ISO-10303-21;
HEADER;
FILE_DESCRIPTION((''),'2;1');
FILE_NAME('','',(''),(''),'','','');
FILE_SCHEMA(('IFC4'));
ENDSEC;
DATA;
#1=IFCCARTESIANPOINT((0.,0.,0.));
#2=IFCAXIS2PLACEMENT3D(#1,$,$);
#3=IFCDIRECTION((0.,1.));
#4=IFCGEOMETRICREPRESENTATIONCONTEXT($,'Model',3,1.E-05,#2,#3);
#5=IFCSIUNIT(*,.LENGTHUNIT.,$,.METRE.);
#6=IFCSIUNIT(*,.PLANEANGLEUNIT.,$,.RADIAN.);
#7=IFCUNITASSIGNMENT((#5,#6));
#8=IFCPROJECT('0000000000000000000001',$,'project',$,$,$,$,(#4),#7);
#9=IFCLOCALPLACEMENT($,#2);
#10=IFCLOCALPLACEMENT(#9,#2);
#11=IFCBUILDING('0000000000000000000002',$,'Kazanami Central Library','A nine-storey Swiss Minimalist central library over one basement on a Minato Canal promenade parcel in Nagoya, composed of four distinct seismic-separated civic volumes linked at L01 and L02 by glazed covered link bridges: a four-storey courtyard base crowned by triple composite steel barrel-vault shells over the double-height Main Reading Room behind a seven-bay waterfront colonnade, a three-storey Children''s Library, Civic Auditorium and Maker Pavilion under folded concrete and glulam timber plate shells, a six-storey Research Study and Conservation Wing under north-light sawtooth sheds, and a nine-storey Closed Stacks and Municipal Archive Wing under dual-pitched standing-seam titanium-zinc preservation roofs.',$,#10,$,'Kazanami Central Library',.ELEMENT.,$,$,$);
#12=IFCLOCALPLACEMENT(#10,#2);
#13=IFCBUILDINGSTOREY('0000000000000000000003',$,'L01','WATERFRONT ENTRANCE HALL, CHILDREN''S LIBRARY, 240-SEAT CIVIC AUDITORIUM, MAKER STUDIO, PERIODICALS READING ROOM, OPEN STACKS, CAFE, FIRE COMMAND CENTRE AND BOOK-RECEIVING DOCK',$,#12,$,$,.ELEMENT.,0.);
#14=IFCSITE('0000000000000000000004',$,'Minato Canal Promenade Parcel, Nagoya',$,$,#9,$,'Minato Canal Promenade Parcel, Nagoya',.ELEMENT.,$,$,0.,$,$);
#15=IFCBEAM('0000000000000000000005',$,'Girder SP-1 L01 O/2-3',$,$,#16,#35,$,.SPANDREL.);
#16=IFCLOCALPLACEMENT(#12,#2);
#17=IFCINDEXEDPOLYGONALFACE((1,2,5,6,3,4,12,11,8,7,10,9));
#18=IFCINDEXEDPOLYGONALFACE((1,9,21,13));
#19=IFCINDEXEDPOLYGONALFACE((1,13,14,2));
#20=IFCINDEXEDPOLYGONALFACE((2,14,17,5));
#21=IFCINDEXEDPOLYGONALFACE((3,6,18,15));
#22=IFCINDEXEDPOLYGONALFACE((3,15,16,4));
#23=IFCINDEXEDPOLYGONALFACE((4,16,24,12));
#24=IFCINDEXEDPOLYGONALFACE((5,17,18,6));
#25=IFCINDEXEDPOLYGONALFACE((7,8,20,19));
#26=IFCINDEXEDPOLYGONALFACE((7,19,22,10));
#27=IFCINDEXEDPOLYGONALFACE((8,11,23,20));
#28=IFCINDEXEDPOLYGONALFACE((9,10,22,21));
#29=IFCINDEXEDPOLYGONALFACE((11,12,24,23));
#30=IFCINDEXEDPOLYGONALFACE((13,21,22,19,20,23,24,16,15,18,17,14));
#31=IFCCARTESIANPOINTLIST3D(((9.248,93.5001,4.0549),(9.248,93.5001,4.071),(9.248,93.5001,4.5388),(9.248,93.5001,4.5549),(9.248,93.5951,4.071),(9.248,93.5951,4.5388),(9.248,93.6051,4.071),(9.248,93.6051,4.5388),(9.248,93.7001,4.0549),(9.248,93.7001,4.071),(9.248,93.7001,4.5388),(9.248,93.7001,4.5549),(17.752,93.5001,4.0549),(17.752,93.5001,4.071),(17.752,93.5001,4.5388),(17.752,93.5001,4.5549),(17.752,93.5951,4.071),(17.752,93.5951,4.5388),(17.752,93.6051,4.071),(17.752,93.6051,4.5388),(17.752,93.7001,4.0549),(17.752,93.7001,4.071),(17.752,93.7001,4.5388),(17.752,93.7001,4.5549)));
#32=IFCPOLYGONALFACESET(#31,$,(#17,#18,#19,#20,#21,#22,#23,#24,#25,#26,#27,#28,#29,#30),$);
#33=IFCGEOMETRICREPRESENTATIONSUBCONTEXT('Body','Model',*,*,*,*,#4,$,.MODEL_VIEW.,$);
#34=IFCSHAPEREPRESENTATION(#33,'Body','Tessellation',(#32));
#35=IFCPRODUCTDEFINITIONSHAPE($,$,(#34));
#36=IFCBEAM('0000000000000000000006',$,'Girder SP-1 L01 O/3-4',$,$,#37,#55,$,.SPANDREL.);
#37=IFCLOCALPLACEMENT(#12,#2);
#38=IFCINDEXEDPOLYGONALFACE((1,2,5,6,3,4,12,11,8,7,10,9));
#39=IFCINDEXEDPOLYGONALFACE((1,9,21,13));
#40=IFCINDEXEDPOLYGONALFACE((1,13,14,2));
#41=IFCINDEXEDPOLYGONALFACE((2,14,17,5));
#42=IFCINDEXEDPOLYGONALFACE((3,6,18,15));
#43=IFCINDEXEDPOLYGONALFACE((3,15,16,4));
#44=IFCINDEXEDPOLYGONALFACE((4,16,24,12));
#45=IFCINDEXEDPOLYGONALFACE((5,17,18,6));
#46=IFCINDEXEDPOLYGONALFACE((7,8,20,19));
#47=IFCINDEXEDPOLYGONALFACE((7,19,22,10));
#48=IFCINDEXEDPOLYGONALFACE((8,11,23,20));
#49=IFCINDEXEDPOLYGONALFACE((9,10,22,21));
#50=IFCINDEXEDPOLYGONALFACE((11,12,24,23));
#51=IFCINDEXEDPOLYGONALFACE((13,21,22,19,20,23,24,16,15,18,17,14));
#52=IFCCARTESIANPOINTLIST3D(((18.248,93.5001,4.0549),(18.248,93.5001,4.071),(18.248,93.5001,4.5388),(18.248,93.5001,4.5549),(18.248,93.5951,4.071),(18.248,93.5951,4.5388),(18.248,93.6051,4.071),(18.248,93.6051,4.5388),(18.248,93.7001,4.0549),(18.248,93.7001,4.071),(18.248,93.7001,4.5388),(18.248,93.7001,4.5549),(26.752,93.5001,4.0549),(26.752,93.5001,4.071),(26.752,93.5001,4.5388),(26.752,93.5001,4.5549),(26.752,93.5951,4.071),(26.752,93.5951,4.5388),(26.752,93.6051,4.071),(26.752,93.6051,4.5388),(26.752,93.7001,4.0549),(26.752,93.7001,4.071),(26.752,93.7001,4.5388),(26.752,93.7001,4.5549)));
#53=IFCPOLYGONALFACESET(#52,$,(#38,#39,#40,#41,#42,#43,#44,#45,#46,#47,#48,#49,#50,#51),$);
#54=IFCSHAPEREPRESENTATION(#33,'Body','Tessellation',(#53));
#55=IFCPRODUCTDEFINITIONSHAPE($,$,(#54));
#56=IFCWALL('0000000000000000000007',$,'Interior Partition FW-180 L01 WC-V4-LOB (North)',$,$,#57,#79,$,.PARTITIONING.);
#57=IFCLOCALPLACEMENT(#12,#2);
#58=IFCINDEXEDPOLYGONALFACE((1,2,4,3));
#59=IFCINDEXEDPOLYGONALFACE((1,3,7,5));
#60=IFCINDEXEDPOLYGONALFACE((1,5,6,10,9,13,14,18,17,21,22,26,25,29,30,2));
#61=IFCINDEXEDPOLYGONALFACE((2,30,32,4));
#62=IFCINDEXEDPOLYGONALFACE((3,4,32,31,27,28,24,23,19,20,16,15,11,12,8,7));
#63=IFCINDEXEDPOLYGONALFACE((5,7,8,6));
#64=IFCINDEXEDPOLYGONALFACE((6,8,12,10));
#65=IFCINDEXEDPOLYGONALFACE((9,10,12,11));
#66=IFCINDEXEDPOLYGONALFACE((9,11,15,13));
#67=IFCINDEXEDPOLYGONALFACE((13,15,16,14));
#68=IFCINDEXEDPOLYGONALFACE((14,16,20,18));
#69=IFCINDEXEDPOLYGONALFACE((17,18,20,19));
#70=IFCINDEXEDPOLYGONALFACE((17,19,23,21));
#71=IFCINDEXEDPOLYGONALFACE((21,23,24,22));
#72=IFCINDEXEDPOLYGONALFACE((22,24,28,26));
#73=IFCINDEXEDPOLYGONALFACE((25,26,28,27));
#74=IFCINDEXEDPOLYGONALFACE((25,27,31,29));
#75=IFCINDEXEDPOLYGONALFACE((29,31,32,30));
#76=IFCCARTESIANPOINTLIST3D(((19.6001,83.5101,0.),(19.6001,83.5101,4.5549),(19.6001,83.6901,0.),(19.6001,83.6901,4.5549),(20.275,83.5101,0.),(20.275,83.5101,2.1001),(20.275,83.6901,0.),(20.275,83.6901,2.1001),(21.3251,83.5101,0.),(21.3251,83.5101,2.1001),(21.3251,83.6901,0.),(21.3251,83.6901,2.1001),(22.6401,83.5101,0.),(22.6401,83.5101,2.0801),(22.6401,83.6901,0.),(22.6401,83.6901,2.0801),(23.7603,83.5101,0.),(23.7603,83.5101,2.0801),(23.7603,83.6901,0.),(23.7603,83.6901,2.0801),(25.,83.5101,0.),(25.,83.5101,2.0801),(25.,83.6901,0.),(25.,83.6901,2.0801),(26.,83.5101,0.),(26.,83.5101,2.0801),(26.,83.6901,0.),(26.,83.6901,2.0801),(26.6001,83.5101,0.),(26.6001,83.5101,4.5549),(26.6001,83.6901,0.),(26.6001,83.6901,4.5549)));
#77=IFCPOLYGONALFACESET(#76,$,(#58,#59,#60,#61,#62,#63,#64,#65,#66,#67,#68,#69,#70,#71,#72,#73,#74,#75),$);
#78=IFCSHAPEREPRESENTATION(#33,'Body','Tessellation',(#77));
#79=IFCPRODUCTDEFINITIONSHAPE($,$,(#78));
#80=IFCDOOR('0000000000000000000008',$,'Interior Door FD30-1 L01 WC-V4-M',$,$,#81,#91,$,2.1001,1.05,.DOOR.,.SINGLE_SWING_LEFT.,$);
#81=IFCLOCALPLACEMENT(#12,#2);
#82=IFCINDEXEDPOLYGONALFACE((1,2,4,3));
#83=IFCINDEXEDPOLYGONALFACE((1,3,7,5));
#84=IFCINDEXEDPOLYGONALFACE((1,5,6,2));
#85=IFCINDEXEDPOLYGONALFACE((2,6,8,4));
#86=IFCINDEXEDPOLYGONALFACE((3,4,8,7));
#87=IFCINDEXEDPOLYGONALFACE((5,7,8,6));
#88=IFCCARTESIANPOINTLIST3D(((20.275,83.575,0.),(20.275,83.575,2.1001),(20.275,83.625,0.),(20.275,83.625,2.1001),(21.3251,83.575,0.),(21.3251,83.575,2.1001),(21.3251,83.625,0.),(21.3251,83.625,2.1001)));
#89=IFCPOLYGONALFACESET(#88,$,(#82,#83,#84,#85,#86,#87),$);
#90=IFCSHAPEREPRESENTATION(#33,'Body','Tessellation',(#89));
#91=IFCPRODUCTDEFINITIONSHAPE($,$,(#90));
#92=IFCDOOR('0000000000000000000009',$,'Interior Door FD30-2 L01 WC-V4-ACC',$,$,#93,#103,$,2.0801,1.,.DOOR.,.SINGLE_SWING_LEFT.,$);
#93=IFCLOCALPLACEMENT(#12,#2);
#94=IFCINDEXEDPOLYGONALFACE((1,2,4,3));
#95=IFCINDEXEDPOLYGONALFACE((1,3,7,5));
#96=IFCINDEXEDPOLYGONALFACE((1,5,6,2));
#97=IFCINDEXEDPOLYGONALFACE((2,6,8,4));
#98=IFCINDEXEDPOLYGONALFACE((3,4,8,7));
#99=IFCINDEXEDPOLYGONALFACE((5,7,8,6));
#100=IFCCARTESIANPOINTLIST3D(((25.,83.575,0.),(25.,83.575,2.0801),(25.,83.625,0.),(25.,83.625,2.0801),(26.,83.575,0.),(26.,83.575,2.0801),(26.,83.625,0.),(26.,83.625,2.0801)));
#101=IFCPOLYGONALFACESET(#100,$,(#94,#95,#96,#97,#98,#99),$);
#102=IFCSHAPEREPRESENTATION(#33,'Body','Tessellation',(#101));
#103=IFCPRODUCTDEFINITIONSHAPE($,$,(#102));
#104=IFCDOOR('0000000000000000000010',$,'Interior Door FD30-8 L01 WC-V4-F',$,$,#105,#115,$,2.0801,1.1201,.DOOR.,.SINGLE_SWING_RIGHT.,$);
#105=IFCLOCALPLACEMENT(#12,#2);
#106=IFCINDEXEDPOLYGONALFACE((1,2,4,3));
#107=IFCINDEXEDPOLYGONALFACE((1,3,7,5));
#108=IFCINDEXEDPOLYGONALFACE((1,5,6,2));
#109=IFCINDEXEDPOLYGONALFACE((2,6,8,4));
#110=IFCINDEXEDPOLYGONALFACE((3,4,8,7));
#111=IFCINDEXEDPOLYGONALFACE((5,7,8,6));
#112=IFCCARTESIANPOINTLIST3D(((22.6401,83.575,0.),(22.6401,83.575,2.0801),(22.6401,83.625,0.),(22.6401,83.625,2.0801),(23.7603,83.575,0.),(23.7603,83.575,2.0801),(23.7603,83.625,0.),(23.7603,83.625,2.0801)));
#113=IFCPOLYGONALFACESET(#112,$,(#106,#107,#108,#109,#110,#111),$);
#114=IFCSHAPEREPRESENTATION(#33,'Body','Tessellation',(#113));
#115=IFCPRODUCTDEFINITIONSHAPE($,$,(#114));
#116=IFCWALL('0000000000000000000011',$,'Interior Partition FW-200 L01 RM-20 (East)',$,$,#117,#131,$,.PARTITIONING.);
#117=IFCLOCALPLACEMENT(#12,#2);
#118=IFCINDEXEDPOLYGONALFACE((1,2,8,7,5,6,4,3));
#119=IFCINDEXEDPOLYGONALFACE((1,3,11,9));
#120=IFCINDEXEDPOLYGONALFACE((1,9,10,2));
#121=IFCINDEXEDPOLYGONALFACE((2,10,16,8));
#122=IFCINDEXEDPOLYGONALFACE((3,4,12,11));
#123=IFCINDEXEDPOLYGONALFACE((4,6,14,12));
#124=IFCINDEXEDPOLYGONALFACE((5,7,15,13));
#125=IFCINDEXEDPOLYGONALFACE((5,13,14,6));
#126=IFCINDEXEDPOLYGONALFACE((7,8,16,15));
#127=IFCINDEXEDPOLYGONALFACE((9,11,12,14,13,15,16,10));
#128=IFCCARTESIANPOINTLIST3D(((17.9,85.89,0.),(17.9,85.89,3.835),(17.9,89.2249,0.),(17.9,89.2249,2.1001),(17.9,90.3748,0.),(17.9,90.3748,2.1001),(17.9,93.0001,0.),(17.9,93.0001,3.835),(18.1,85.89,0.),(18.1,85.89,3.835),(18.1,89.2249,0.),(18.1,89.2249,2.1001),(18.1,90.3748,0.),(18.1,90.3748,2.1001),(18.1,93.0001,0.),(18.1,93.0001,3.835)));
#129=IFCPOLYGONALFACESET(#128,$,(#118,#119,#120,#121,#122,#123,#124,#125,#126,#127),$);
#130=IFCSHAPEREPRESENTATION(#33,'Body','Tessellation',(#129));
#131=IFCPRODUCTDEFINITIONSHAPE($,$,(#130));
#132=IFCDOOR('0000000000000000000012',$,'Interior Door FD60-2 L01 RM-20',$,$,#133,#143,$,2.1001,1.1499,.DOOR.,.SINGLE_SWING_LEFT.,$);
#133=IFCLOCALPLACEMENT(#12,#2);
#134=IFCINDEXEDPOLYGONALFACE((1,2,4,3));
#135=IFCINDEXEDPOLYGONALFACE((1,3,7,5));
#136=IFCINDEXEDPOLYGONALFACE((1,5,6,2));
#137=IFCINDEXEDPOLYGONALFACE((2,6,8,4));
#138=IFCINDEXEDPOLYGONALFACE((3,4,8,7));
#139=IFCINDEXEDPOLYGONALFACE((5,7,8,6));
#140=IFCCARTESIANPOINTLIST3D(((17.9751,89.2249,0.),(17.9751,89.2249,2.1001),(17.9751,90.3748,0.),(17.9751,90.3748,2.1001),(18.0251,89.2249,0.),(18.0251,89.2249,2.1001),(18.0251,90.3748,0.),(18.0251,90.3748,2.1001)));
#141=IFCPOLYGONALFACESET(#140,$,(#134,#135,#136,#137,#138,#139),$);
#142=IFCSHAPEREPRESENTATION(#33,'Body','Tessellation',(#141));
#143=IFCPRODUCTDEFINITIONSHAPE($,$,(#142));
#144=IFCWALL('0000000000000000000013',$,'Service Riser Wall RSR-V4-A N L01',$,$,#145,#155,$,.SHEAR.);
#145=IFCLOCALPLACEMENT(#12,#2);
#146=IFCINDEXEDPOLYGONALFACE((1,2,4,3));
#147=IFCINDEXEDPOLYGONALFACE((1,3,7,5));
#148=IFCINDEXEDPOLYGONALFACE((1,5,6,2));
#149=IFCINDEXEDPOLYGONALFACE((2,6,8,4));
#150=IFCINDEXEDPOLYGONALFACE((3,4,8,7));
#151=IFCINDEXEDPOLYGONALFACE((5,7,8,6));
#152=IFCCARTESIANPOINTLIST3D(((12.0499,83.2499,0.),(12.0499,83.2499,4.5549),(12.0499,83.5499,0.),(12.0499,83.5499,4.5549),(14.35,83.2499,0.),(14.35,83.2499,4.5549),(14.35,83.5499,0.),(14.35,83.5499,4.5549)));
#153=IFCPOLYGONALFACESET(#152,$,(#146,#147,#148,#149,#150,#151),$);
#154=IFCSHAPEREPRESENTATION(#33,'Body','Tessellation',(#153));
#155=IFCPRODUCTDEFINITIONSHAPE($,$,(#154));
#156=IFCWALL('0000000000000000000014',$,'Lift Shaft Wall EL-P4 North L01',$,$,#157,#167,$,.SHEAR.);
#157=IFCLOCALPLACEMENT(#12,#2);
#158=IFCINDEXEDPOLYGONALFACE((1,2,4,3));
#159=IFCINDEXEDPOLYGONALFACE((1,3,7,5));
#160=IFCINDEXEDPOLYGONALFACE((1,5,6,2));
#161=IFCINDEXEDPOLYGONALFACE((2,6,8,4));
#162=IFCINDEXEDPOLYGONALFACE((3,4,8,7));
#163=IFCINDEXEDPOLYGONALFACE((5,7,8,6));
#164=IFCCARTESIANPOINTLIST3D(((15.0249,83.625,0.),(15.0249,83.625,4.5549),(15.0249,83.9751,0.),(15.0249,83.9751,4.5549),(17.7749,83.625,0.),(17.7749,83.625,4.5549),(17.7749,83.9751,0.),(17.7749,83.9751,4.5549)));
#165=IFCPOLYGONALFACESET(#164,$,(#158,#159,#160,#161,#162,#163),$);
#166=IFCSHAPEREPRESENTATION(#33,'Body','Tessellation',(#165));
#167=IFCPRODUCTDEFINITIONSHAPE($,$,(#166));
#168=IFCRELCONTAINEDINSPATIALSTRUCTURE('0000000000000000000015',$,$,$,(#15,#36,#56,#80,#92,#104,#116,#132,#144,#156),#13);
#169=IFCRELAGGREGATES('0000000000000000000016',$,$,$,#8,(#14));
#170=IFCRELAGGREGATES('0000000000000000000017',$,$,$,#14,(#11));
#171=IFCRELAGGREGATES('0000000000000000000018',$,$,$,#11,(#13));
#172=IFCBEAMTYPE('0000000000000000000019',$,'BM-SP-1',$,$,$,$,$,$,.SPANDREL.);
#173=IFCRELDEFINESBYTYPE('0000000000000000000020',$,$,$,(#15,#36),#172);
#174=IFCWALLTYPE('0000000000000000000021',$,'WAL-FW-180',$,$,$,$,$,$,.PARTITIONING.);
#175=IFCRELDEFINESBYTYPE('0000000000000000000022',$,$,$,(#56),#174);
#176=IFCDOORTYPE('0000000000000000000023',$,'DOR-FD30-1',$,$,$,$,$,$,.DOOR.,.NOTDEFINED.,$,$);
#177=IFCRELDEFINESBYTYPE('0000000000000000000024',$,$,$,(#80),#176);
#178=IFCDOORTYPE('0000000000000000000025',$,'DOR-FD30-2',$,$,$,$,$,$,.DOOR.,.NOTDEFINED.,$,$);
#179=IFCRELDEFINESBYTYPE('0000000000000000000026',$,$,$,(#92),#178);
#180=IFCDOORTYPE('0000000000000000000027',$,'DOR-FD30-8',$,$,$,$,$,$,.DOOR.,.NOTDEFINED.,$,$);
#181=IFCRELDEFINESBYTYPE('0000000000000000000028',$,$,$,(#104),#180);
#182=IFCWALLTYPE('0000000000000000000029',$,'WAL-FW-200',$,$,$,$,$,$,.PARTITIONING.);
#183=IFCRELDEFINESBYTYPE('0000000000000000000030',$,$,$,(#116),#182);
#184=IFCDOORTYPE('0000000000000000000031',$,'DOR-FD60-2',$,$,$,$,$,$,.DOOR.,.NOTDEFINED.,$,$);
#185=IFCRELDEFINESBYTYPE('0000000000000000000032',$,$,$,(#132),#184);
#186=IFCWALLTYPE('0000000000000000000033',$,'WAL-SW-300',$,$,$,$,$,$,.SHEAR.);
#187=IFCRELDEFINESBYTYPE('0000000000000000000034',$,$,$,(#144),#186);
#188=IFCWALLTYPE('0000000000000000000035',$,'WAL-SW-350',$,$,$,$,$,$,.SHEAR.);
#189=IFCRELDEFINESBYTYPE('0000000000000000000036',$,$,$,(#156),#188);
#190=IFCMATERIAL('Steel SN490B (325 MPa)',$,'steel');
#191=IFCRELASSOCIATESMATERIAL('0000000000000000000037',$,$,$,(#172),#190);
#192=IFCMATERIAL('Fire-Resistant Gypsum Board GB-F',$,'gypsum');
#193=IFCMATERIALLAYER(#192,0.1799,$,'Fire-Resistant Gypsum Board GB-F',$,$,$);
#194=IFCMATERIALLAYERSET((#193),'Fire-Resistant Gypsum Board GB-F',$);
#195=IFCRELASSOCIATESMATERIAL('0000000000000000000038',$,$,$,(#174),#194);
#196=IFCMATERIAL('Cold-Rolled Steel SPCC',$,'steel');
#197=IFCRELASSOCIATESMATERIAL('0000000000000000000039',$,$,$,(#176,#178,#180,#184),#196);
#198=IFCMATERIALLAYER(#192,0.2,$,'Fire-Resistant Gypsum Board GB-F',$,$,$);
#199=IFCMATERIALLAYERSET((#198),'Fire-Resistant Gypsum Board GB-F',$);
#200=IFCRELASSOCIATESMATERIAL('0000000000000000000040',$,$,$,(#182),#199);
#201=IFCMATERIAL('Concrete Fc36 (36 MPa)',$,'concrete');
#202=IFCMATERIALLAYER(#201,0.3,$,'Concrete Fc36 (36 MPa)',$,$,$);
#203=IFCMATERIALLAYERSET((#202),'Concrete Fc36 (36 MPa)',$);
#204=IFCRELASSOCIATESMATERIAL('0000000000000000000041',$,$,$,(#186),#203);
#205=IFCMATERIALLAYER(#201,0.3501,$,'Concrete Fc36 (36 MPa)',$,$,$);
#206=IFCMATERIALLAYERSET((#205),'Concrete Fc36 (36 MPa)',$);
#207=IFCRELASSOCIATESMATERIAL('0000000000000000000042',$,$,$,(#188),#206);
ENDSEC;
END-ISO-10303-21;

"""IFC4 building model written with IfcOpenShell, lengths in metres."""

from ifc_helpers import new_model, si_unit, direction, frame, frame_2d, origin, origin_2d, place, context, subcontext, project, spatial, rectangle, i_section, extrude, material, layer, layer_set, material_profile, profile_set, type_object, element, fill, save


model = new_model("IFC4")

# Units and contexts
model_context = context("Model", 3, precision=1e-05, world=origin(), true_north=direction((0.0, 1.0)))
body_context = subcontext(model_context, "Body", "Model", "MODEL_VIEW")
ifc_project = project(units=[si_unit("LENGTHUNIT", "METRE"), si_unit("PLANEANGLEUNIT", "RADIAN")], contexts=[model_context])

# Site, building, storey
site_placement = place(None, origin())
site = spatial("IfcSite", under=ifc_project, at=site_placement, Name="Minato Canal Promenade Parcel, Nagoya", LongName="Minato Canal Promenade Parcel, Nagoya", CompositionType="ELEMENT", RefElevation=0.0)
building_placement = place(site_placement, origin())
building = spatial("IfcBuilding", under=site, at=building_placement, Name="Kazanami Central Library", Description="A nine-storey Swiss Minimalist central library over one basement on a Minato Canal promenade parcel in Nagoya, composed of four distinct seismic-separated civic volumes linked at L01 and L02 by glazed covered link bridges: a four-storey courtyard base crowned by triple composite steel barrel-vault shells over the double-height Main Reading Room behind a seven-bay waterfront colonnade, a three-storey Children's Library, Civic Auditorium and Maker Pavilion under folded concrete and glulam timber plate shells, a six-storey Research Study and Conservation Wing under north-light sawtooth sheds, and a nine-storey Closed Stacks and Municipal Archive Wing under dual-pitched standing-seam titanium-zinc preservation roofs.", LongName="Kazanami Central Library", CompositionType="ELEMENT")
storey_placement = place(building_placement, origin())
storey = spatial("IfcBuildingStorey", under=building, at=storey_placement, Name="L01", Description="WATERFRONT ENTRANCE HALL, CHILDREN'S LIBRARY, 240-SEAT CIVIC AUDITORIUM, MAKER STUDIO, PERIODICALS READING ROOM, OPEN STACKS, CAFE, FIRE COMMAND CENTRE AND BOOK-RECEIVING DOCK", CompositionType="ELEMENT", Elevation=0.0)

# Beams
ifc_material_1 = material(Name="Steel SN490B (325 MPa)", Category="steel")
ifc_material_profile_1 = material_profile(ifc_material_1, i_section(OverallWidth=0.2, OverallDepth=0.5, WebThickness=0.01, FlangeThickness=0.0161, at=origin_2d()), Name="H-500x200x10x16")
ifc_profile_set_1 = profile_set([ifc_material_profile_1], Name="Steel SN490B (325 MPa)")
beam_type_1 = type_object("IfcBeamType", Name="BM-SP-1", PredefinedType="SPANDREL", material=ifc_profile_set_1)
for number, where, z_axis, x_axis, name in (
    (1, (9.248, 93.6001, 4.3049), (1.0, 0.0, 0.0), (0.0, 1.0, 0.0), "Girder SP-1 L01 O/2-3"),
    (2, (18.248, 93.6001, 4.3049), (1.0, 0.0, 0.0), (0.0, 1.0, 0.0), "Girder SP-1 L01 O/3-4"),
):
    element("IfcBeam", number, at=place(storey_placement, frame(where, z_axis=z_axis, x_axis=x_axis)), inside=storey, type_object=beam_type_1, Name=name, PredefinedType="SPANDREL", context=body_context, shape_type="SweptSolid", body=[
        extrude(i_section(OverallWidth=0.2, OverallDepth=0.5, WebThickness=0.01, FlangeThickness=0.0161, at=origin_2d()), origin(), (0.0, 0.0, 1.0), 8.5039),
    ])

# Shared definitions
ifc_material_2 = material(Name="Concrete Fc36 (36 MPa)", Category="concrete")

# Wall, openings, doors
ifc_material_3 = material(Name="Fire-Resistant Gypsum Board GB-F", Category="gypsum")
ifc_layer_1 = layer(ifc_material_3, 0.1799, Name="Fire-Resistant Gypsum Board GB-F")
ifc_layer_set_1 = layer_set([ifc_layer_1], Name="Fire-Resistant Gypsum Board GB-F")
wall_type_1 = type_object("IfcWallType", Name="WAL-FW-180", PredefinedType="PARTITIONING", material=ifc_layer_set_1)
wall_1_placement = place(storey_placement, frame((19.6001, 83.6001, 0.0), z_axis=(0.0, 0.0, 1.0), x_axis=(1.0, 0.0, 0.0)))
wall_1 = element("IfcWall", 3, at=wall_1_placement, inside=storey, type_object=wall_type_1, Name="Interior Partition FW-180 L01 WC-V4-LOB (North)", PredefinedType="PARTITIONING", context=body_context, shape_type="SweptSolid", body=[
    extrude(rectangle(XDim=7.0, YDim=0.1799, at=frame_2d((3.5, 0.0))), origin(), (0.0, 0.0, 1.0), 4.5549),
])
opening_1_placement = place(wall_1_placement, frame((0.675, 0.0, 0.0)))
opening_1 = element("IfcOpeningElement", 4, at=opening_1_placement, cuts=wall_1, PredefinedType="OPENING", context=body_context, shape_type="SweptSolid", body=[
    extrude(rectangle(XDim=1.05, YDim=2.1001, at=frame_2d((0.5249, 1.05))), frame((0.0, 0.1021, 0.0), z_axis=(0.0, -1.0, 0.0), x_axis=(1.0, 0.0, 0.0)), (0.0, 0.0, 1.0), 0.2039),
])
opening_2_placement = place(wall_1_placement, frame((3.04, 0.0, 0.0)))
opening_2 = element("IfcOpeningElement", 5, at=opening_2_placement, cuts=wall_1, PredefinedType="OPENING", context=body_context, shape_type="SweptSolid", body=[
    extrude(rectangle(XDim=1.1201, YDim=2.0801, at=frame_2d((0.5601, 1.04))), frame((0.0, 0.1021, 0.0), z_axis=(0.0, -1.0, 0.0), x_axis=(1.0, 0.0, 0.0)), (0.0, 0.0, 1.0), 0.2039),
])
opening_3_placement = place(wall_1_placement, frame((5.3999, 0.0, 0.0)))
opening_3 = element("IfcOpeningElement", 6, at=opening_3_placement, cuts=wall_1, PredefinedType="OPENING", context=body_context, shape_type="SweptSolid", body=[
    extrude(rectangle(XDim=1.0, YDim=2.0801, at=frame_2d((0.5, 1.04))), frame((0.0, 0.1021, 0.0), z_axis=(0.0, -1.0, 0.0), x_axis=(1.0, 0.0, 0.0)), (0.0, 0.0, 1.0), 0.2039),
])
ifc_material_4 = material(Name="Cold-Rolled Steel SPCC", Category="steel")
door_type_1 = type_object("IfcDoorType", Name="DOR-FD30-1", OperationType="NOTDEFINED", PredefinedType="DOOR", material=ifc_material_4)
door_1_placement = place(opening_1_placement, origin())
door_1 = element("IfcDoor", 7, at=door_1_placement, inside=storey, type_object=door_type_1, Name="Interior Door FD30-1 L01 WC-V4-M", OperationType="SINGLE_SWING_LEFT", OverallHeight=2.1001, OverallWidth=1.05, PredefinedType="DOOR", context=body_context, shape_type="SweptSolid", body=[
    extrude(rectangle(XDim=1.05, YDim=2.1001, at=frame_2d((0.5249, 1.05))), frame((0.0, 0.0249, 0.0), z_axis=(0.0, -1.0, 0.0), x_axis=(1.0, 0.0, 0.0)), (0.0, 0.0, 1.0), 0.05),
])
fill(opening_1, door_1)
door_type_2 = type_object("IfcDoorType", Name="DOR-FD30-2", OperationType="NOTDEFINED", PredefinedType="DOOR", material=ifc_material_4)
door_2_placement = place(opening_3_placement, origin())
door_2 = element("IfcDoor", 8, at=door_2_placement, inside=storey, type_object=door_type_2, Name="Interior Door FD30-2 L01 WC-V4-ACC", OperationType="SINGLE_SWING_LEFT", OverallHeight=2.0801, OverallWidth=1.0, PredefinedType="DOOR", context=body_context, shape_type="SweptSolid", body=[
    extrude(rectangle(XDim=1.0, YDim=2.0801, at=frame_2d((0.5, 1.04))), frame((0.0, 0.0249, 0.0), z_axis=(0.0, -1.0, 0.0), x_axis=(1.0, 0.0, 0.0)), (0.0, 0.0, 1.0), 0.05),
])
fill(opening_3, door_2)
door_type_3 = type_object("IfcDoorType", Name="DOR-FD30-8", OperationType="NOTDEFINED", PredefinedType="DOOR", material=ifc_material_4)
door_3_placement = place(opening_2_placement, origin())
door_3 = element("IfcDoor", 9, at=door_3_placement, inside=storey, type_object=door_type_3, Name="Interior Door FD30-8 L01 WC-V4-F", OperationType="SINGLE_SWING_RIGHT", OverallHeight=2.0801, OverallWidth=1.1201, PredefinedType="DOOR", context=body_context, shape_type="SweptSolid", body=[
    extrude(rectangle(XDim=1.1201, YDim=2.0801, at=frame_2d((0.5601, 1.04))), frame((0.0, 0.0249, 0.0), z_axis=(0.0, -1.0, 0.0), x_axis=(1.0, 0.0, 0.0)), (0.0, 0.0, 1.0), 0.05),
])
fill(opening_2, door_3)

# Wall, opening, door
ifc_layer_2 = layer(ifc_material_3, 0.2, Name="Fire-Resistant Gypsum Board GB-F")
ifc_layer_set_2 = layer_set([ifc_layer_2], Name="Fire-Resistant Gypsum Board GB-F")
wall_type_2 = type_object("IfcWallType", Name="WAL-FW-200", PredefinedType="PARTITIONING", material=ifc_layer_set_2)
wall_2_placement = place(storey_placement, frame((18.0, 85.8899, 0.0), z_axis=(0.0, 0.0, 1.0), x_axis=(0.0, 1.0, 0.0)))
wall_2 = element("IfcWall", 10, at=wall_2_placement, inside=storey, type_object=wall_type_2, Name="Interior Partition FW-200 L01 RM-20 (East)", PredefinedType="PARTITIONING", context=body_context, shape_type="SweptSolid", body=[
    extrude(rectangle(XDim=7.1101, YDim=0.2, at=frame_2d((3.5552, 0.0))), origin(), (0.0, 0.0, 1.0), 3.835),
])
opening_4_placement = place(wall_2_placement, frame((3.335, 0.0, 0.0)))
opening_4 = element("IfcOpeningElement", 11, at=opening_4_placement, cuts=wall_2, PredefinedType="OPENING", context=body_context, shape_type="SweptSolid", body=[
    extrude(rectangle(XDim=1.1499, YDim=2.1001, at=frame_2d((0.575, 1.05))), frame((0.0, 0.1118, 0.0), z_axis=(0.0, -1.0, 0.0), x_axis=(1.0, 0.0, 0.0)), (0.0, 0.0, 1.0), 0.2239),
])
door_type_4 = type_object("IfcDoorType", Name="DOR-FD60-2", OperationType="NOTDEFINED", PredefinedType="DOOR", material=ifc_material_4)
door_4_placement = place(opening_4_placement, origin())
door_4 = element("IfcDoor", 12, at=door_4_placement, inside=storey, type_object=door_type_4, Name="Interior Door FD60-2 L01 RM-20", OperationType="SINGLE_SWING_LEFT", OverallHeight=2.1001, OverallWidth=1.1499, PredefinedType="DOOR", context=body_context, shape_type="SweptSolid", body=[
    extrude(rectangle(XDim=1.1499, YDim=2.1001, at=frame_2d((0.575, 1.05))), frame((0.0, 0.0249, 0.0), z_axis=(0.0, -1.0, 0.0), x_axis=(1.0, 0.0, 0.0)), (0.0, 0.0, 1.0), 0.05),
])
fill(opening_4, door_4)

# Walls
ifc_layer_3 = layer(ifc_material_2, 0.3, Name="Concrete Fc36 (36 MPa)")
ifc_layer_set_3 = layer_set([ifc_layer_3], Name="Concrete Fc36 (36 MPa)")
wall_type_3 = type_object("IfcWallType", Name="WAL-SW-300", PredefinedType="SHEAR", material=ifc_layer_set_3)
wall_3_placement = place(storey_placement, frame((12.05, 83.3999, 0.0), z_axis=(0.0, 0.0, 1.0), x_axis=(1.0, 0.0, 0.0)))
element("IfcWall", 13, at=wall_3_placement, inside=storey, type_object=wall_type_3, Name="Service Riser Wall RSR-V4-A N L01", PredefinedType="SHEAR", context=body_context, shape_type="SweptSolid", body=[
    extrude(rectangle(XDim=2.3, YDim=0.3, at=frame_2d((1.1499, 0.0))), origin(), (0.0, 0.0, 1.0), 4.5549),
])
ifc_layer_4 = layer(ifc_material_2, 0.3501, Name="Concrete Fc36 (36 MPa)")
ifc_layer_set_4 = layer_set([ifc_layer_4], Name="Concrete Fc36 (36 MPa)")
wall_type_4 = type_object("IfcWallType", Name="WAL-SW-350", PredefinedType="SHEAR", material=ifc_layer_set_4)
wall_4_placement = place(storey_placement, frame((15.0249, 83.8, 0.0), z_axis=(0.0, 0.0, 1.0), x_axis=(1.0, 0.0, 0.0)))
element("IfcWall", 14, at=wall_4_placement, inside=storey, type_object=wall_type_4, Name="Lift Shaft Wall EL-P4 North L01", PredefinedType="SHEAR", context=body_context, shape_type="SweptSolid", body=[
    extrude(rectangle(XDim=2.75, YDim=0.3501, at=frame_2d((1.375, 0.0))), origin(), (0.0, 0.0, 1.0), 4.5549),
])

save(model, "model.ifc")
